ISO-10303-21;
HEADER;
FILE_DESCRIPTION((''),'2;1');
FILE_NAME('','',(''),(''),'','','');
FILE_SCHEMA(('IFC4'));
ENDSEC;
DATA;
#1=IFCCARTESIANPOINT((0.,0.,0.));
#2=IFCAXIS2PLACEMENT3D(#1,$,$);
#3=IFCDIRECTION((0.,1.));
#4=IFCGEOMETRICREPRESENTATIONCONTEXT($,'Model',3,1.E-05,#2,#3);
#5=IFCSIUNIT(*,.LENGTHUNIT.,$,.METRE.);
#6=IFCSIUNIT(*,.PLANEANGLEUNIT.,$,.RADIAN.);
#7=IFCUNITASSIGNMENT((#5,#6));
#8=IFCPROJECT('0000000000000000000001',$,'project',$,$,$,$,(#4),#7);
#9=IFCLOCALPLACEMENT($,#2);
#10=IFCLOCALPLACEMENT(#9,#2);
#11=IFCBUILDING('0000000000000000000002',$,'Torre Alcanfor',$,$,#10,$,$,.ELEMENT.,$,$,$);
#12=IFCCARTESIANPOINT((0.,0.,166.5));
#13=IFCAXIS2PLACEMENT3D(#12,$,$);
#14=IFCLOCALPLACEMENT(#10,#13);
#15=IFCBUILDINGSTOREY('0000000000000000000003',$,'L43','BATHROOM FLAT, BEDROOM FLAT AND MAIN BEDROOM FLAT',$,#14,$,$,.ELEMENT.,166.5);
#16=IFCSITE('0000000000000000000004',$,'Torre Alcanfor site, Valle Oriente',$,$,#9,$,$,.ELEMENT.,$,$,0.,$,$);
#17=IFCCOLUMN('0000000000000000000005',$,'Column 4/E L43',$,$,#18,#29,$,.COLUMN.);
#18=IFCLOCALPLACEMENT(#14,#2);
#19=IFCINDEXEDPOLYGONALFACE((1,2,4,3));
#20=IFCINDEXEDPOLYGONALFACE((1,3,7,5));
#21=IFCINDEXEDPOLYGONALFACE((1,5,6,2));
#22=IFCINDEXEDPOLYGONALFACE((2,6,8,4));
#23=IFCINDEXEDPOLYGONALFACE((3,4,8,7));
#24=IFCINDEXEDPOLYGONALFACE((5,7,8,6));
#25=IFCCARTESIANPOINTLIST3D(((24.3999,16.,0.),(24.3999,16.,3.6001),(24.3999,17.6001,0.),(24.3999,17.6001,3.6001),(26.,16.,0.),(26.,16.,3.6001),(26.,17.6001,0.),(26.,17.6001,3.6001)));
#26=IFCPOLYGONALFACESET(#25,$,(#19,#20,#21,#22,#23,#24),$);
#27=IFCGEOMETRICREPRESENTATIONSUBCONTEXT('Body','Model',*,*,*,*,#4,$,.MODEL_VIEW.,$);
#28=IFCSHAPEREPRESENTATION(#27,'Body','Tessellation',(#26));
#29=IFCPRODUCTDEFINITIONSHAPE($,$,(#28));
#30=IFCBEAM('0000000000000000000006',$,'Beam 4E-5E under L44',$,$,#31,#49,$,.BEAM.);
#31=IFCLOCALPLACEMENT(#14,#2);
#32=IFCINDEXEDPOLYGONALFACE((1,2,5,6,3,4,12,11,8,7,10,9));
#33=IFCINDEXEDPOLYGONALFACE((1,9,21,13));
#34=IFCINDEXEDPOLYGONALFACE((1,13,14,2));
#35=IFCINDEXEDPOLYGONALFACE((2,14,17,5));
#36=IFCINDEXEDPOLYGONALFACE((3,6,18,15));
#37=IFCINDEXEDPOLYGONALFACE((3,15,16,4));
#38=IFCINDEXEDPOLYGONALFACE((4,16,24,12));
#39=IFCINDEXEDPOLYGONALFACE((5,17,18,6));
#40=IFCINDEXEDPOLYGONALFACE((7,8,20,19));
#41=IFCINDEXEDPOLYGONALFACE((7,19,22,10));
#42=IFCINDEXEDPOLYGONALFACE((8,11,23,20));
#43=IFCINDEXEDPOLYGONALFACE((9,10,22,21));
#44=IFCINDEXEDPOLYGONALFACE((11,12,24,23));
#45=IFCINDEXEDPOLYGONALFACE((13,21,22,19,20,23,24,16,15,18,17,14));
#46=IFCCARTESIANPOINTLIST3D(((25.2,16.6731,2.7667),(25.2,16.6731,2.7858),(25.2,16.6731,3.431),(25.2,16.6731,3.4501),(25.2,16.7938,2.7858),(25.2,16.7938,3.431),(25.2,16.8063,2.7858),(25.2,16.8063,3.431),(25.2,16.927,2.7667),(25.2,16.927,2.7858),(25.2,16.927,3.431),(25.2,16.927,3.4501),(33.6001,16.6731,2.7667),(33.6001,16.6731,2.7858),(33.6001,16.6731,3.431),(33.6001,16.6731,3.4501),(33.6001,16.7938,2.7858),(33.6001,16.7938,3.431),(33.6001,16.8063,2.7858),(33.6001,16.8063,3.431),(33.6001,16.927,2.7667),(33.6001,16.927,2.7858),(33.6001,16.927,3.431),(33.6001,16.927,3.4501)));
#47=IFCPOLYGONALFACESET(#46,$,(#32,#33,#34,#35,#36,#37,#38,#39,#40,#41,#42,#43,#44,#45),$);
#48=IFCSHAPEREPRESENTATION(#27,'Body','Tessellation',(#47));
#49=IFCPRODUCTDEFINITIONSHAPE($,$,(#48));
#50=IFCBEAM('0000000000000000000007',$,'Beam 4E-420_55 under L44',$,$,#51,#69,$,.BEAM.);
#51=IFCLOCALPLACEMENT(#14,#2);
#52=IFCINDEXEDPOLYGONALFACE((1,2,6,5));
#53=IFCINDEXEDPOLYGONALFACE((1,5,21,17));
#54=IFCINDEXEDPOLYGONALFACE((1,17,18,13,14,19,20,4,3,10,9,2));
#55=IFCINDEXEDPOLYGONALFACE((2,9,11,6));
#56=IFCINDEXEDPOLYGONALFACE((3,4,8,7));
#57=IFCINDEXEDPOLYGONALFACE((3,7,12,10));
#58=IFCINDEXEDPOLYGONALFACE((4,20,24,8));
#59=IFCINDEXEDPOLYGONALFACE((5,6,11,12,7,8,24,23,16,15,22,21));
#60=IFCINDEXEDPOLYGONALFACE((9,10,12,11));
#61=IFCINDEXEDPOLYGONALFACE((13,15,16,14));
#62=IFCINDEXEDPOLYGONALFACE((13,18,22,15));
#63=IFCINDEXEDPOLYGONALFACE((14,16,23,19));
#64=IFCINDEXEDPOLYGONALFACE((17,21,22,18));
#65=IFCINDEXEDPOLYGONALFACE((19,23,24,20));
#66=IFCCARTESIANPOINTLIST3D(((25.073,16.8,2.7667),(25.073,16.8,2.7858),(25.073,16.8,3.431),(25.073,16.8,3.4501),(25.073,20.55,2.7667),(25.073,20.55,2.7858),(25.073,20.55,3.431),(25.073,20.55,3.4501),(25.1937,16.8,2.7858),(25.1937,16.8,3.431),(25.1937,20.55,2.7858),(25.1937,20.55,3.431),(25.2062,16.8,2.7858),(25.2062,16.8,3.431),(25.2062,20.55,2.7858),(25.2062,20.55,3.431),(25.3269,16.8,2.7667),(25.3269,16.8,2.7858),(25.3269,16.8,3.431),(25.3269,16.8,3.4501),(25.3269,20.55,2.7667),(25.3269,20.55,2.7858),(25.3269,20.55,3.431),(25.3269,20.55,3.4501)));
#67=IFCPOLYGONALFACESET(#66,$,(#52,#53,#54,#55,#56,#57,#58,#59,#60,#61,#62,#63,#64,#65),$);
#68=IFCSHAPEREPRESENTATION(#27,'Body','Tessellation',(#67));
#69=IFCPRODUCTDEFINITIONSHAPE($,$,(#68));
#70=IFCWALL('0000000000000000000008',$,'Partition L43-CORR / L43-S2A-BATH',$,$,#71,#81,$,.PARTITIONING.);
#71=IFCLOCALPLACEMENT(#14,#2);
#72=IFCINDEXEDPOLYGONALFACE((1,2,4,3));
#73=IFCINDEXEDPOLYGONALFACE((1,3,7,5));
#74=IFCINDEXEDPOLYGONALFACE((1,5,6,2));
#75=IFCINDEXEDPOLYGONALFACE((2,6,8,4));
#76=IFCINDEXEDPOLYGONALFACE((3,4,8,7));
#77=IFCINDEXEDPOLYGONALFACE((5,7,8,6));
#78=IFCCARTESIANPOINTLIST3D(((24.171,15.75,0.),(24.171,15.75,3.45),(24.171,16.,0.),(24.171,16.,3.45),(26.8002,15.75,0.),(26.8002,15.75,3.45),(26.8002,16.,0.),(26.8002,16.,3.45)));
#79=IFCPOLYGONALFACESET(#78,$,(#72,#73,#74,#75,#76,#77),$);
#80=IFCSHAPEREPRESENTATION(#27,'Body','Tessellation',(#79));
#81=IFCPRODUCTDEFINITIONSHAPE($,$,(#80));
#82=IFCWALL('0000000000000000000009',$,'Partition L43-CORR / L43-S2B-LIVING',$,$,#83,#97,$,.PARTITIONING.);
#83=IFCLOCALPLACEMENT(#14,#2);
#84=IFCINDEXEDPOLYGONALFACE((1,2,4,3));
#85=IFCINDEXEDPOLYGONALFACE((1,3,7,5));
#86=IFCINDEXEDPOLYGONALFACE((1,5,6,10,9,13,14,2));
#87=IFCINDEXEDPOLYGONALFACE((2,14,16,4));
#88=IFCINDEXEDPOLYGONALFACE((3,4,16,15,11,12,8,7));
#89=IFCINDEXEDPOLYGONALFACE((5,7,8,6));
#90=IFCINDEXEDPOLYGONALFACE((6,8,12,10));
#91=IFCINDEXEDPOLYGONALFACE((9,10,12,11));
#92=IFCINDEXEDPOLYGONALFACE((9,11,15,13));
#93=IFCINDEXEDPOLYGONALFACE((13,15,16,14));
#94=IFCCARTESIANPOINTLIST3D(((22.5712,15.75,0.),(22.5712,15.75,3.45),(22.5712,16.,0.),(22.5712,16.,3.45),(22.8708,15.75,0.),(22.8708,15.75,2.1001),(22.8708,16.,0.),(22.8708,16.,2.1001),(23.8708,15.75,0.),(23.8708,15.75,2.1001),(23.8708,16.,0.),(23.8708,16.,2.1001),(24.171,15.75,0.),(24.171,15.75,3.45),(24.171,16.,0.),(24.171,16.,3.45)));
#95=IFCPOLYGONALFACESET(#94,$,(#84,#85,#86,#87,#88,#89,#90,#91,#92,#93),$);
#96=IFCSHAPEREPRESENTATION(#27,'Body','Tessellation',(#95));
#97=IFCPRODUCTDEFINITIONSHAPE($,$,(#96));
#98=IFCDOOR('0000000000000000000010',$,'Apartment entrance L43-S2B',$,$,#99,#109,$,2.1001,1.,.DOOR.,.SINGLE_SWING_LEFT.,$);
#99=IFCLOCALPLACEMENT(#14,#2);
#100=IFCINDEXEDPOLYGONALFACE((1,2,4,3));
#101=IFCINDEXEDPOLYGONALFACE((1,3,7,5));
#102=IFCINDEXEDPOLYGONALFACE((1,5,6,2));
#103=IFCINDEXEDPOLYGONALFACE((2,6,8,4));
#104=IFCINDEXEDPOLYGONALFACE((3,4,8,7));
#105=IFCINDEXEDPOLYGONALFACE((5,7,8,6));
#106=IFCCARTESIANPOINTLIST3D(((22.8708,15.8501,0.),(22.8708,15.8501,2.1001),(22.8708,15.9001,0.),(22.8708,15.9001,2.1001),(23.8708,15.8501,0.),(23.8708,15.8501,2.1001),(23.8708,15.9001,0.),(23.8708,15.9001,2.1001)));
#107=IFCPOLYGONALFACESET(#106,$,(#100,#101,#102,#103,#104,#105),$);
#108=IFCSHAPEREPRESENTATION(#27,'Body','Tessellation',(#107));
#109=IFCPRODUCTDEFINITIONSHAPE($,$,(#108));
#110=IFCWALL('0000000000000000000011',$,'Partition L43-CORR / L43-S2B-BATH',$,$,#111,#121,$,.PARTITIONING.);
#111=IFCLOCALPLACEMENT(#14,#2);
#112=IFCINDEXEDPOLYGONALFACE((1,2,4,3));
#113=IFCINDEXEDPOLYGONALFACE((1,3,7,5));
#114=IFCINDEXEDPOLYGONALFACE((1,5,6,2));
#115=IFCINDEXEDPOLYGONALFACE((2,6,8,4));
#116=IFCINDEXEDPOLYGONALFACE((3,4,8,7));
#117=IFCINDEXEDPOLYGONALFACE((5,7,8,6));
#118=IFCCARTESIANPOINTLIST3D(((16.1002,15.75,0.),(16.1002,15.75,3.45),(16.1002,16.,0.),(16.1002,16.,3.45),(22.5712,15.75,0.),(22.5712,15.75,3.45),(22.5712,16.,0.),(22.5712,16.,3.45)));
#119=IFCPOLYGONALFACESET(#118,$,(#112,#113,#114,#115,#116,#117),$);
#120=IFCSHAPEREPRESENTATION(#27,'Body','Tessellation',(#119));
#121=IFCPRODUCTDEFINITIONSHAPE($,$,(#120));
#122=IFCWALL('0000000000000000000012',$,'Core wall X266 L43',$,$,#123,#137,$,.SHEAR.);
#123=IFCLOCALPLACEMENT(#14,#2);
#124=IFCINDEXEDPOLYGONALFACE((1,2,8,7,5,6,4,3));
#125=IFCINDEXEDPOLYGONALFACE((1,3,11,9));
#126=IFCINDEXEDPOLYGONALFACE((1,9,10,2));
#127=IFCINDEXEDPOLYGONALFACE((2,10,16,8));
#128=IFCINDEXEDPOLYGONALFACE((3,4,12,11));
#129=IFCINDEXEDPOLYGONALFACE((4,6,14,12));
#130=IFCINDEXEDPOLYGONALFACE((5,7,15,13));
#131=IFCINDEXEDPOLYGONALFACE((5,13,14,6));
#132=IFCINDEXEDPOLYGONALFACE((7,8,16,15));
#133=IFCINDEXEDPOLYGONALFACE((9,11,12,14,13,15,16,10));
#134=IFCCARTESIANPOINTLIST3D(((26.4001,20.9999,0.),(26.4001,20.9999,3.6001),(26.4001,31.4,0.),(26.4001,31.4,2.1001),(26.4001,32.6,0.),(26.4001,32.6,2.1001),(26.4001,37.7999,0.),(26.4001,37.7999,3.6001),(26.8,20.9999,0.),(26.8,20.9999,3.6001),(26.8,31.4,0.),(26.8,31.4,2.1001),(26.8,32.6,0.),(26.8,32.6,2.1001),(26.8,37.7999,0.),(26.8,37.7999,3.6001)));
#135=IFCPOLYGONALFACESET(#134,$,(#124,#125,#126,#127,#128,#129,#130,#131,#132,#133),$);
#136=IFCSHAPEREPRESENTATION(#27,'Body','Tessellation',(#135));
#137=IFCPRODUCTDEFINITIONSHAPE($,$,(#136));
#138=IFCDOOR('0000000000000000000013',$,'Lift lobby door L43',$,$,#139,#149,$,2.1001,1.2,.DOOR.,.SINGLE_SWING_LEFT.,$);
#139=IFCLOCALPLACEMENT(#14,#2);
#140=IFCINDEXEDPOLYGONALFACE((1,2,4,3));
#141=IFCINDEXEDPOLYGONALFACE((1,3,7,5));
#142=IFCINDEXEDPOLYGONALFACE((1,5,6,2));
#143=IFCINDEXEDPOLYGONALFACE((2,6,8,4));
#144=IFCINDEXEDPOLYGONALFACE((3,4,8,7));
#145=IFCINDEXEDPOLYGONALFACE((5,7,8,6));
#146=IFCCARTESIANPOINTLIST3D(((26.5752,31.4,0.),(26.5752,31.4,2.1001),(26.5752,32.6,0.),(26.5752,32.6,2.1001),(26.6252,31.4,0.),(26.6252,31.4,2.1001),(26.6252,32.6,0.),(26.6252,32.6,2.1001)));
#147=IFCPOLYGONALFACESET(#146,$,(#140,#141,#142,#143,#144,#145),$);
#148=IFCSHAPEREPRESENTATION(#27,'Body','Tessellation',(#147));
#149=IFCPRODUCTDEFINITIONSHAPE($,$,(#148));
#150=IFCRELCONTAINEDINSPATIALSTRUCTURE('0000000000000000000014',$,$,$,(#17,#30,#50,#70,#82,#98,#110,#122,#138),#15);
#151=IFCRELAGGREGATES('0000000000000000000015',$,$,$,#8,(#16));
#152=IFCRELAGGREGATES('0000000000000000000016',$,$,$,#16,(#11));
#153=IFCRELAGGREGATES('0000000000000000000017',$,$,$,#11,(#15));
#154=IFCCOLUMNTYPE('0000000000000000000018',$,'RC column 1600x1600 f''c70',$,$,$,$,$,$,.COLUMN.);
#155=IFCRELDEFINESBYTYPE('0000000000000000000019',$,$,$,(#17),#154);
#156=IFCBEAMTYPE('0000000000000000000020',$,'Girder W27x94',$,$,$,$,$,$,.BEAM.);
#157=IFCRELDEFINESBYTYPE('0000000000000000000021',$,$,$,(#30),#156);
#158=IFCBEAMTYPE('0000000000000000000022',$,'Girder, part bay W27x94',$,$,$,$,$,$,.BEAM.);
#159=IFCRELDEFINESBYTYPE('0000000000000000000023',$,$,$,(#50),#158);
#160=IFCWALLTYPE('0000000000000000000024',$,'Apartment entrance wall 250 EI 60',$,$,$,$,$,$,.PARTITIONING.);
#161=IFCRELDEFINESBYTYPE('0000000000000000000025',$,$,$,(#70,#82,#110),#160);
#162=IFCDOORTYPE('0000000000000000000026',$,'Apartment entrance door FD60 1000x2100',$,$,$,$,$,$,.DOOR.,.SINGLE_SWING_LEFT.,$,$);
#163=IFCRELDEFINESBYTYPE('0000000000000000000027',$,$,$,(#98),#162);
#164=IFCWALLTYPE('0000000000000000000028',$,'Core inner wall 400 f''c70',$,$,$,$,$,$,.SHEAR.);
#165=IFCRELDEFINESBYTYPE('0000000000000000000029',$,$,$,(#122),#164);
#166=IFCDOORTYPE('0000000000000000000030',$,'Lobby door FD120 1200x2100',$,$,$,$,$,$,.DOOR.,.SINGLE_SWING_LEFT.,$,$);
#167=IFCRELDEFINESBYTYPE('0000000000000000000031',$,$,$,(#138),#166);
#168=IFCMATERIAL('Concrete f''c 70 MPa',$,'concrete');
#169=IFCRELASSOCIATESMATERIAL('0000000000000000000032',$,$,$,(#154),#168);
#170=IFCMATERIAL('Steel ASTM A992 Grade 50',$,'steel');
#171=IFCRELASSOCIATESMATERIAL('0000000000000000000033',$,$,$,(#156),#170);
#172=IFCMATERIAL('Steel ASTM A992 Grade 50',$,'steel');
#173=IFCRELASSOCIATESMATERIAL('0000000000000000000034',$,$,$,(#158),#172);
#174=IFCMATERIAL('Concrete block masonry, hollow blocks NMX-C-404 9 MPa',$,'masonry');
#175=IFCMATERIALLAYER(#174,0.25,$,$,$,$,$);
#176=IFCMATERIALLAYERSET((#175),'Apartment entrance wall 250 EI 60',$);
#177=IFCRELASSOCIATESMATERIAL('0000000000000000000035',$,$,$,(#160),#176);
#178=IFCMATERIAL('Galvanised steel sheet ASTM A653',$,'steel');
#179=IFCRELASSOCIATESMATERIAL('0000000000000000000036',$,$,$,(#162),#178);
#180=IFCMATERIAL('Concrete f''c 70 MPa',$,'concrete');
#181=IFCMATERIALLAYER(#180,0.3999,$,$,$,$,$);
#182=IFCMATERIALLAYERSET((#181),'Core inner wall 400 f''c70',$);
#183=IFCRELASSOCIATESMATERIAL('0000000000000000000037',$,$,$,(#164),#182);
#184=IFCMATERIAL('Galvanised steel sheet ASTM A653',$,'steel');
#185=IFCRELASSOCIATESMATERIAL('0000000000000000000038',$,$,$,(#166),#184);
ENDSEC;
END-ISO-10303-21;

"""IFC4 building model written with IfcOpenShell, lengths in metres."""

from ifc_helpers import new_model, si_unit, direction, frame, frame_2d, origin, origin_2d, place, context, subcontext, project, spatial, rectangle, i_section, extrude, material, layer, layer_set, material_profile, profile_set, type_object, element, fill, save


model = new_model("IFC4")

# Units and contexts
model_context = context("Model", 3, precision=1e-05, world=origin(), true_north=direction((0.0, 1.0)))
body_context = subcontext(model_context, "Body", "Model", "MODEL_VIEW")
ifc_project = project(units=[si_unit("LENGTHUNIT", "METRE"), si_unit("PLANEANGLEUNIT", "RADIAN")], contexts=[model_context])

# Site, building, storey
site_placement = place(None, origin())
site = spatial("IfcSite", under=ifc_project, at=site_placement, Name="Torre Alcanfor site, Valle Oriente", CompositionType="ELEMENT", RefElevation=0.0)
building_placement = place(site_placement, origin())
building = spatial("IfcBuilding", under=site, at=building_placement, Name="Torre Alcanfor", CompositionType="ELEMENT")
storey_placement = place(building_placement, frame((0.0, 0.0, 166.5)))
storey = spatial("IfcBuildingStorey", under=building, at=storey_placement, Name="L43", Description="BATHROOM FLAT, BEDROOM FLAT AND MAIN BEDROOM FLAT", CompositionType="ELEMENT", Elevation=166.5)

# Column
ifc_material_1 = material(Name="Concrete f'c 70 MPa", Category="concrete")
ifc_material_profile_1 = material_profile(ifc_material_1, rectangle(XDim=1.6001, YDim=1.6001, at=origin_2d()), Name="1600x1600")
ifc_profile_set_1 = profile_set([ifc_material_profile_1], Name="Concrete f'c 70 MPa")
column_type = type_object("IfcColumnType", Name="RC column 1600x1600 f'c70", PredefinedType="COLUMN", material=ifc_profile_set_1)
column_placement = place(storey_placement, frame((25.2, 16.8, 0.0), z_axis=(0.0, 0.0, 1.0), x_axis=(1.0, 0.0, 0.0)))
element("IfcColumn", 1, at=column_placement, inside=storey, type_object=column_type, Name="Column 4/E L43", PredefinedType="COLUMN", context=body_context, shape_type="SweptSolid", body=[
    extrude(rectangle(XDim=1.6001, YDim=1.6001, at=origin_2d()), origin(), (0.0, 0.0, 1.0), 3.6001),
])

# Beams
ifc_material_2 = material(Name="Steel ASTM A992 Grade 50", Category="steel")
ifc_material_profile_2 = material_profile(ifc_material_2, i_section(OverallWidth=0.2539, OverallDepth=0.6833, WebThickness=0.0125, FlangeThickness=0.019, at=origin_2d()), Name="W27x94")
ifc_profile_set_2 = profile_set([ifc_material_profile_2], Name="Steel ASTM A992 Grade 50")
beam_type_1 = type_object("IfcBeamType", Name="Girder W27x94", PredefinedType="BEAM", material=ifc_profile_set_2)
beam_1_placement = place(storey_placement, frame((25.2, 16.8, 3.1084), z_axis=(1.0, 0.0, 0.0), x_axis=(0.0, 1.0, 0.0)))
element("IfcBeam", 2, at=beam_1_placement, inside=storey, type_object=beam_type_1, Name="Beam 4E-5E under L44", PredefinedType="BEAM", context=body_context, shape_type="SweptSolid", body=[
    extrude(i_section(OverallWidth=0.2539, OverallDepth=0.6833, WebThickness=0.0125, FlangeThickness=0.019, at=origin_2d()), origin(), (0.0, 0.0, 1.0), 8.4001),
])
ifc_material_3 = material(Name="Steel ASTM A992 Grade 50", Category="steel")
ifc_material_profile_3 = material_profile(ifc_material_3, i_section(OverallWidth=0.2539, OverallDepth=0.6833, WebThickness=0.0125, FlangeThickness=0.019, at=origin_2d()), Name="W27x94")
ifc_profile_set_3 = profile_set([ifc_material_profile_3], Name="Steel ASTM A992 Grade 50")
beam_type_2 = type_object("IfcBeamType", Name="Girder, part bay W27x94", PredefinedType="BEAM", material=ifc_profile_set_3)
beam_2_placement = place(storey_placement, frame((25.2, 16.8, 3.1084), z_axis=(0.0, 1.0, 0.0), x_axis=(-1.0, 0.0, 0.0)))
element("IfcBeam", 3, at=beam_2_placement, inside=storey, type_object=beam_type_2, Name="Beam 4E-420_55 under L44", PredefinedType="BEAM", context=body_context, shape_type="SweptSolid", body=[
    extrude(i_section(OverallWidth=0.2539, OverallDepth=0.6833, WebThickness=0.0125, FlangeThickness=0.019, at=origin_2d()), origin(), (0.0, 0.0, 1.0), 3.75),
])

# Wall
ifc_material_4 = material(Name="Concrete block masonry, hollow blocks NMX-C-404 9 MPa", Category="masonry")
ifc_layer_1 = layer(ifc_material_4, 0.25)
ifc_layer_set_1 = layer_set([ifc_layer_1], Name="Apartment entrance wall 250 EI 60")
wall_type_1 = type_object("IfcWallType", Name="Apartment entrance wall 250 EI 60", PredefinedType="PARTITIONING", material=ifc_layer_set_1)
wall_1_placement = place(storey_placement, frame((26.8, 15.875, 0.0), z_axis=(0.0, 0.0, 1.0), x_axis=(-1.0, 0.0, 0.0)))
element("IfcWall", 4, at=wall_1_placement, inside=storey, type_object=wall_type_1, Name="Partition L43-CORR / L43-S2A-BATH", PredefinedType="PARTITIONING", context=body_context, shape_type="SweptSolid", body=[
    extrude(rectangle(XDim=2.6292, YDim=0.25, at=frame_2d((1.3145, 0.0))), origin(), (0.0, 0.0, 1.0), 3.45),
])

# Wall, opening, door
wall_2_placement = place(storey_placement, frame((24.1709, 15.875, 0.0), z_axis=(0.0, 0.0, 1.0), x_axis=(-1.0, 0.0, 0.0)))
wall_2 = element("IfcWall", 5, at=wall_2_placement, inside=storey, type_object=wall_type_1, Name="Partition L43-CORR / L43-S2B-LIVING", PredefinedType="PARTITIONING", context=body_context, shape_type="SweptSolid", body=[
    extrude(rectangle(XDim=1.5999, YDim=0.25, at=frame_2d((0.7998, 0.0))), origin(), (0.0, 0.0, 1.0), 3.45),
])
opening_1_placement = place(wall_2_placement, frame((0.3, 0.0, 0.0)))
opening_1 = element("IfcOpeningElement", 6, at=opening_1_placement, cuts=wall_2, PredefinedType="OPENING", context=body_context, shape_type="SweptSolid", body=[
    extrude(rectangle(XDim=1.0, YDim=2.1001, at=frame_2d((0.5, 1.05))), frame((0.0, 0.135, 0.0), z_axis=(0.0, -1.0, 0.0), x_axis=(1.0, 0.0, 0.0)), (0.0, 0.0, 1.0), 0.27),
])
ifc_material_5 = material(Name="Galvanised steel sheet ASTM A653", Category="steel")
door_type_1 = type_object("IfcDoorType", Name="Apartment entrance door FD60 1000x2100", OperationType="SINGLE_SWING_LEFT", PredefinedType="DOOR", material=ifc_material_5)
door_1_placement = place(opening_1_placement, origin())
door_1 = element("IfcDoor", 7, at=door_1_placement, inside=storey, type_object=door_type_1, Name="Apartment entrance L43-S2B", OperationType="SINGLE_SWING_LEFT", OverallHeight=2.1001, OverallWidth=1.0, PredefinedType="DOOR", context=body_context, shape_type="SweptSolid", body=[
    extrude(rectangle(XDim=1.0, YDim=2.1001, at=frame_2d((0.5, 1.05))), frame((0.0, 0.0249, 0.0), z_axis=(0.0, -1.0, 0.0), x_axis=(1.0, 0.0, 0.0)), (0.0, 0.0, 1.0), 0.05),
])
fill(opening_1, door_1)

# Wall
wall_3_placement = place(storey_placement, frame((22.571, 15.875, 0.0), z_axis=(0.0, 0.0, 1.0), x_axis=(-1.0, 0.0, 0.0)))
element("IfcWall", 8, at=wall_3_placement, inside=storey, type_object=wall_type_1, Name="Partition L43-CORR / L43-S2B-BATH", PredefinedType="PARTITIONING", context=body_context, shape_type="SweptSolid", body=[
    extrude(rectangle(XDim=6.4709, YDim=0.25, at=frame_2d((3.2354, 0.0))), origin(), (0.0, 0.0, 1.0), 3.45),
])

# Wall, opening, door
ifc_material_6 = material(Name="Concrete f'c 70 MPa", Category="concrete")
ifc_layer_2 = layer(ifc_material_6, 0.3999)
ifc_layer_set_2 = layer_set([ifc_layer_2], Name="Core inner wall 400 f'c70")
wall_type_2 = type_object("IfcWallType", Name="Core inner wall 400 f'c70", PredefinedType="SHEAR", material=ifc_layer_set_2)
wall_4_placement = place(storey_placement, frame((26.6001, 21.0, 0.0), z_axis=(0.0, 0.0, 1.0), x_axis=(0.0, 1.0, 0.0)))
wall_4 = element("IfcWall", 9, at=wall_4_placement, inside=storey, type_object=wall_type_2, Name="Core wall X266 L43", PredefinedType="SHEAR", context=body_context, shape_type="SweptSolid", body=[
    extrude(rectangle(XDim=16.8, YDim=0.3999, at=frame_2d((8.3999, 0.0))), origin(), (0.0, 0.0, 1.0), 3.6001),
])
opening_2_placement = place(wall_4_placement, frame((10.3999, 0.0, 0.0)))
opening_2 = element("IfcOpeningElement", 10, at=opening_2_placement, cuts=wall_4, PredefinedType="OPENING", context=body_context, shape_type="SweptSolid", body=[
    extrude(rectangle(XDim=1.2, YDim=2.1001, at=frame_2d((0.6001, 1.05))), frame((0.0, 0.21, 0.0), z_axis=(0.0, -1.0, 0.0), x_axis=(1.0, 0.0, 0.0)), (0.0, 0.0, 1.0), 0.4199),
])
ifc_material_7 = material(Name="Galvanised steel sheet ASTM A653", Category="steel")
door_type_2 = type_object("IfcDoorType", Name="Lobby door FD120 1200x2100", OperationType="SINGLE_SWING_LEFT", PredefinedType="DOOR", material=ifc_material_7)
door_2_placement = place(opening_2_placement, origin())
door_2 = element("IfcDoor", 11, at=door_2_placement, inside=storey, type_object=door_type_2, Name="Lift lobby door L43", OperationType="SINGLE_SWING_LEFT", OverallHeight=2.1001, OverallWidth=1.2, PredefinedType="DOOR", context=body_context, shape_type="SweptSolid", body=[
    extrude(rectangle(XDim=1.2, YDim=2.1001, at=frame_2d((0.6001, 1.05))), frame((0.0, 0.0249, 0.0), z_axis=(0.0, -1.0, 0.0), x_axis=(1.0, 0.0, 0.0)), (0.0, 0.0, 1.0), 0.05),
])
fill(opening_2, door_2)

save(model, "model.ifc")
